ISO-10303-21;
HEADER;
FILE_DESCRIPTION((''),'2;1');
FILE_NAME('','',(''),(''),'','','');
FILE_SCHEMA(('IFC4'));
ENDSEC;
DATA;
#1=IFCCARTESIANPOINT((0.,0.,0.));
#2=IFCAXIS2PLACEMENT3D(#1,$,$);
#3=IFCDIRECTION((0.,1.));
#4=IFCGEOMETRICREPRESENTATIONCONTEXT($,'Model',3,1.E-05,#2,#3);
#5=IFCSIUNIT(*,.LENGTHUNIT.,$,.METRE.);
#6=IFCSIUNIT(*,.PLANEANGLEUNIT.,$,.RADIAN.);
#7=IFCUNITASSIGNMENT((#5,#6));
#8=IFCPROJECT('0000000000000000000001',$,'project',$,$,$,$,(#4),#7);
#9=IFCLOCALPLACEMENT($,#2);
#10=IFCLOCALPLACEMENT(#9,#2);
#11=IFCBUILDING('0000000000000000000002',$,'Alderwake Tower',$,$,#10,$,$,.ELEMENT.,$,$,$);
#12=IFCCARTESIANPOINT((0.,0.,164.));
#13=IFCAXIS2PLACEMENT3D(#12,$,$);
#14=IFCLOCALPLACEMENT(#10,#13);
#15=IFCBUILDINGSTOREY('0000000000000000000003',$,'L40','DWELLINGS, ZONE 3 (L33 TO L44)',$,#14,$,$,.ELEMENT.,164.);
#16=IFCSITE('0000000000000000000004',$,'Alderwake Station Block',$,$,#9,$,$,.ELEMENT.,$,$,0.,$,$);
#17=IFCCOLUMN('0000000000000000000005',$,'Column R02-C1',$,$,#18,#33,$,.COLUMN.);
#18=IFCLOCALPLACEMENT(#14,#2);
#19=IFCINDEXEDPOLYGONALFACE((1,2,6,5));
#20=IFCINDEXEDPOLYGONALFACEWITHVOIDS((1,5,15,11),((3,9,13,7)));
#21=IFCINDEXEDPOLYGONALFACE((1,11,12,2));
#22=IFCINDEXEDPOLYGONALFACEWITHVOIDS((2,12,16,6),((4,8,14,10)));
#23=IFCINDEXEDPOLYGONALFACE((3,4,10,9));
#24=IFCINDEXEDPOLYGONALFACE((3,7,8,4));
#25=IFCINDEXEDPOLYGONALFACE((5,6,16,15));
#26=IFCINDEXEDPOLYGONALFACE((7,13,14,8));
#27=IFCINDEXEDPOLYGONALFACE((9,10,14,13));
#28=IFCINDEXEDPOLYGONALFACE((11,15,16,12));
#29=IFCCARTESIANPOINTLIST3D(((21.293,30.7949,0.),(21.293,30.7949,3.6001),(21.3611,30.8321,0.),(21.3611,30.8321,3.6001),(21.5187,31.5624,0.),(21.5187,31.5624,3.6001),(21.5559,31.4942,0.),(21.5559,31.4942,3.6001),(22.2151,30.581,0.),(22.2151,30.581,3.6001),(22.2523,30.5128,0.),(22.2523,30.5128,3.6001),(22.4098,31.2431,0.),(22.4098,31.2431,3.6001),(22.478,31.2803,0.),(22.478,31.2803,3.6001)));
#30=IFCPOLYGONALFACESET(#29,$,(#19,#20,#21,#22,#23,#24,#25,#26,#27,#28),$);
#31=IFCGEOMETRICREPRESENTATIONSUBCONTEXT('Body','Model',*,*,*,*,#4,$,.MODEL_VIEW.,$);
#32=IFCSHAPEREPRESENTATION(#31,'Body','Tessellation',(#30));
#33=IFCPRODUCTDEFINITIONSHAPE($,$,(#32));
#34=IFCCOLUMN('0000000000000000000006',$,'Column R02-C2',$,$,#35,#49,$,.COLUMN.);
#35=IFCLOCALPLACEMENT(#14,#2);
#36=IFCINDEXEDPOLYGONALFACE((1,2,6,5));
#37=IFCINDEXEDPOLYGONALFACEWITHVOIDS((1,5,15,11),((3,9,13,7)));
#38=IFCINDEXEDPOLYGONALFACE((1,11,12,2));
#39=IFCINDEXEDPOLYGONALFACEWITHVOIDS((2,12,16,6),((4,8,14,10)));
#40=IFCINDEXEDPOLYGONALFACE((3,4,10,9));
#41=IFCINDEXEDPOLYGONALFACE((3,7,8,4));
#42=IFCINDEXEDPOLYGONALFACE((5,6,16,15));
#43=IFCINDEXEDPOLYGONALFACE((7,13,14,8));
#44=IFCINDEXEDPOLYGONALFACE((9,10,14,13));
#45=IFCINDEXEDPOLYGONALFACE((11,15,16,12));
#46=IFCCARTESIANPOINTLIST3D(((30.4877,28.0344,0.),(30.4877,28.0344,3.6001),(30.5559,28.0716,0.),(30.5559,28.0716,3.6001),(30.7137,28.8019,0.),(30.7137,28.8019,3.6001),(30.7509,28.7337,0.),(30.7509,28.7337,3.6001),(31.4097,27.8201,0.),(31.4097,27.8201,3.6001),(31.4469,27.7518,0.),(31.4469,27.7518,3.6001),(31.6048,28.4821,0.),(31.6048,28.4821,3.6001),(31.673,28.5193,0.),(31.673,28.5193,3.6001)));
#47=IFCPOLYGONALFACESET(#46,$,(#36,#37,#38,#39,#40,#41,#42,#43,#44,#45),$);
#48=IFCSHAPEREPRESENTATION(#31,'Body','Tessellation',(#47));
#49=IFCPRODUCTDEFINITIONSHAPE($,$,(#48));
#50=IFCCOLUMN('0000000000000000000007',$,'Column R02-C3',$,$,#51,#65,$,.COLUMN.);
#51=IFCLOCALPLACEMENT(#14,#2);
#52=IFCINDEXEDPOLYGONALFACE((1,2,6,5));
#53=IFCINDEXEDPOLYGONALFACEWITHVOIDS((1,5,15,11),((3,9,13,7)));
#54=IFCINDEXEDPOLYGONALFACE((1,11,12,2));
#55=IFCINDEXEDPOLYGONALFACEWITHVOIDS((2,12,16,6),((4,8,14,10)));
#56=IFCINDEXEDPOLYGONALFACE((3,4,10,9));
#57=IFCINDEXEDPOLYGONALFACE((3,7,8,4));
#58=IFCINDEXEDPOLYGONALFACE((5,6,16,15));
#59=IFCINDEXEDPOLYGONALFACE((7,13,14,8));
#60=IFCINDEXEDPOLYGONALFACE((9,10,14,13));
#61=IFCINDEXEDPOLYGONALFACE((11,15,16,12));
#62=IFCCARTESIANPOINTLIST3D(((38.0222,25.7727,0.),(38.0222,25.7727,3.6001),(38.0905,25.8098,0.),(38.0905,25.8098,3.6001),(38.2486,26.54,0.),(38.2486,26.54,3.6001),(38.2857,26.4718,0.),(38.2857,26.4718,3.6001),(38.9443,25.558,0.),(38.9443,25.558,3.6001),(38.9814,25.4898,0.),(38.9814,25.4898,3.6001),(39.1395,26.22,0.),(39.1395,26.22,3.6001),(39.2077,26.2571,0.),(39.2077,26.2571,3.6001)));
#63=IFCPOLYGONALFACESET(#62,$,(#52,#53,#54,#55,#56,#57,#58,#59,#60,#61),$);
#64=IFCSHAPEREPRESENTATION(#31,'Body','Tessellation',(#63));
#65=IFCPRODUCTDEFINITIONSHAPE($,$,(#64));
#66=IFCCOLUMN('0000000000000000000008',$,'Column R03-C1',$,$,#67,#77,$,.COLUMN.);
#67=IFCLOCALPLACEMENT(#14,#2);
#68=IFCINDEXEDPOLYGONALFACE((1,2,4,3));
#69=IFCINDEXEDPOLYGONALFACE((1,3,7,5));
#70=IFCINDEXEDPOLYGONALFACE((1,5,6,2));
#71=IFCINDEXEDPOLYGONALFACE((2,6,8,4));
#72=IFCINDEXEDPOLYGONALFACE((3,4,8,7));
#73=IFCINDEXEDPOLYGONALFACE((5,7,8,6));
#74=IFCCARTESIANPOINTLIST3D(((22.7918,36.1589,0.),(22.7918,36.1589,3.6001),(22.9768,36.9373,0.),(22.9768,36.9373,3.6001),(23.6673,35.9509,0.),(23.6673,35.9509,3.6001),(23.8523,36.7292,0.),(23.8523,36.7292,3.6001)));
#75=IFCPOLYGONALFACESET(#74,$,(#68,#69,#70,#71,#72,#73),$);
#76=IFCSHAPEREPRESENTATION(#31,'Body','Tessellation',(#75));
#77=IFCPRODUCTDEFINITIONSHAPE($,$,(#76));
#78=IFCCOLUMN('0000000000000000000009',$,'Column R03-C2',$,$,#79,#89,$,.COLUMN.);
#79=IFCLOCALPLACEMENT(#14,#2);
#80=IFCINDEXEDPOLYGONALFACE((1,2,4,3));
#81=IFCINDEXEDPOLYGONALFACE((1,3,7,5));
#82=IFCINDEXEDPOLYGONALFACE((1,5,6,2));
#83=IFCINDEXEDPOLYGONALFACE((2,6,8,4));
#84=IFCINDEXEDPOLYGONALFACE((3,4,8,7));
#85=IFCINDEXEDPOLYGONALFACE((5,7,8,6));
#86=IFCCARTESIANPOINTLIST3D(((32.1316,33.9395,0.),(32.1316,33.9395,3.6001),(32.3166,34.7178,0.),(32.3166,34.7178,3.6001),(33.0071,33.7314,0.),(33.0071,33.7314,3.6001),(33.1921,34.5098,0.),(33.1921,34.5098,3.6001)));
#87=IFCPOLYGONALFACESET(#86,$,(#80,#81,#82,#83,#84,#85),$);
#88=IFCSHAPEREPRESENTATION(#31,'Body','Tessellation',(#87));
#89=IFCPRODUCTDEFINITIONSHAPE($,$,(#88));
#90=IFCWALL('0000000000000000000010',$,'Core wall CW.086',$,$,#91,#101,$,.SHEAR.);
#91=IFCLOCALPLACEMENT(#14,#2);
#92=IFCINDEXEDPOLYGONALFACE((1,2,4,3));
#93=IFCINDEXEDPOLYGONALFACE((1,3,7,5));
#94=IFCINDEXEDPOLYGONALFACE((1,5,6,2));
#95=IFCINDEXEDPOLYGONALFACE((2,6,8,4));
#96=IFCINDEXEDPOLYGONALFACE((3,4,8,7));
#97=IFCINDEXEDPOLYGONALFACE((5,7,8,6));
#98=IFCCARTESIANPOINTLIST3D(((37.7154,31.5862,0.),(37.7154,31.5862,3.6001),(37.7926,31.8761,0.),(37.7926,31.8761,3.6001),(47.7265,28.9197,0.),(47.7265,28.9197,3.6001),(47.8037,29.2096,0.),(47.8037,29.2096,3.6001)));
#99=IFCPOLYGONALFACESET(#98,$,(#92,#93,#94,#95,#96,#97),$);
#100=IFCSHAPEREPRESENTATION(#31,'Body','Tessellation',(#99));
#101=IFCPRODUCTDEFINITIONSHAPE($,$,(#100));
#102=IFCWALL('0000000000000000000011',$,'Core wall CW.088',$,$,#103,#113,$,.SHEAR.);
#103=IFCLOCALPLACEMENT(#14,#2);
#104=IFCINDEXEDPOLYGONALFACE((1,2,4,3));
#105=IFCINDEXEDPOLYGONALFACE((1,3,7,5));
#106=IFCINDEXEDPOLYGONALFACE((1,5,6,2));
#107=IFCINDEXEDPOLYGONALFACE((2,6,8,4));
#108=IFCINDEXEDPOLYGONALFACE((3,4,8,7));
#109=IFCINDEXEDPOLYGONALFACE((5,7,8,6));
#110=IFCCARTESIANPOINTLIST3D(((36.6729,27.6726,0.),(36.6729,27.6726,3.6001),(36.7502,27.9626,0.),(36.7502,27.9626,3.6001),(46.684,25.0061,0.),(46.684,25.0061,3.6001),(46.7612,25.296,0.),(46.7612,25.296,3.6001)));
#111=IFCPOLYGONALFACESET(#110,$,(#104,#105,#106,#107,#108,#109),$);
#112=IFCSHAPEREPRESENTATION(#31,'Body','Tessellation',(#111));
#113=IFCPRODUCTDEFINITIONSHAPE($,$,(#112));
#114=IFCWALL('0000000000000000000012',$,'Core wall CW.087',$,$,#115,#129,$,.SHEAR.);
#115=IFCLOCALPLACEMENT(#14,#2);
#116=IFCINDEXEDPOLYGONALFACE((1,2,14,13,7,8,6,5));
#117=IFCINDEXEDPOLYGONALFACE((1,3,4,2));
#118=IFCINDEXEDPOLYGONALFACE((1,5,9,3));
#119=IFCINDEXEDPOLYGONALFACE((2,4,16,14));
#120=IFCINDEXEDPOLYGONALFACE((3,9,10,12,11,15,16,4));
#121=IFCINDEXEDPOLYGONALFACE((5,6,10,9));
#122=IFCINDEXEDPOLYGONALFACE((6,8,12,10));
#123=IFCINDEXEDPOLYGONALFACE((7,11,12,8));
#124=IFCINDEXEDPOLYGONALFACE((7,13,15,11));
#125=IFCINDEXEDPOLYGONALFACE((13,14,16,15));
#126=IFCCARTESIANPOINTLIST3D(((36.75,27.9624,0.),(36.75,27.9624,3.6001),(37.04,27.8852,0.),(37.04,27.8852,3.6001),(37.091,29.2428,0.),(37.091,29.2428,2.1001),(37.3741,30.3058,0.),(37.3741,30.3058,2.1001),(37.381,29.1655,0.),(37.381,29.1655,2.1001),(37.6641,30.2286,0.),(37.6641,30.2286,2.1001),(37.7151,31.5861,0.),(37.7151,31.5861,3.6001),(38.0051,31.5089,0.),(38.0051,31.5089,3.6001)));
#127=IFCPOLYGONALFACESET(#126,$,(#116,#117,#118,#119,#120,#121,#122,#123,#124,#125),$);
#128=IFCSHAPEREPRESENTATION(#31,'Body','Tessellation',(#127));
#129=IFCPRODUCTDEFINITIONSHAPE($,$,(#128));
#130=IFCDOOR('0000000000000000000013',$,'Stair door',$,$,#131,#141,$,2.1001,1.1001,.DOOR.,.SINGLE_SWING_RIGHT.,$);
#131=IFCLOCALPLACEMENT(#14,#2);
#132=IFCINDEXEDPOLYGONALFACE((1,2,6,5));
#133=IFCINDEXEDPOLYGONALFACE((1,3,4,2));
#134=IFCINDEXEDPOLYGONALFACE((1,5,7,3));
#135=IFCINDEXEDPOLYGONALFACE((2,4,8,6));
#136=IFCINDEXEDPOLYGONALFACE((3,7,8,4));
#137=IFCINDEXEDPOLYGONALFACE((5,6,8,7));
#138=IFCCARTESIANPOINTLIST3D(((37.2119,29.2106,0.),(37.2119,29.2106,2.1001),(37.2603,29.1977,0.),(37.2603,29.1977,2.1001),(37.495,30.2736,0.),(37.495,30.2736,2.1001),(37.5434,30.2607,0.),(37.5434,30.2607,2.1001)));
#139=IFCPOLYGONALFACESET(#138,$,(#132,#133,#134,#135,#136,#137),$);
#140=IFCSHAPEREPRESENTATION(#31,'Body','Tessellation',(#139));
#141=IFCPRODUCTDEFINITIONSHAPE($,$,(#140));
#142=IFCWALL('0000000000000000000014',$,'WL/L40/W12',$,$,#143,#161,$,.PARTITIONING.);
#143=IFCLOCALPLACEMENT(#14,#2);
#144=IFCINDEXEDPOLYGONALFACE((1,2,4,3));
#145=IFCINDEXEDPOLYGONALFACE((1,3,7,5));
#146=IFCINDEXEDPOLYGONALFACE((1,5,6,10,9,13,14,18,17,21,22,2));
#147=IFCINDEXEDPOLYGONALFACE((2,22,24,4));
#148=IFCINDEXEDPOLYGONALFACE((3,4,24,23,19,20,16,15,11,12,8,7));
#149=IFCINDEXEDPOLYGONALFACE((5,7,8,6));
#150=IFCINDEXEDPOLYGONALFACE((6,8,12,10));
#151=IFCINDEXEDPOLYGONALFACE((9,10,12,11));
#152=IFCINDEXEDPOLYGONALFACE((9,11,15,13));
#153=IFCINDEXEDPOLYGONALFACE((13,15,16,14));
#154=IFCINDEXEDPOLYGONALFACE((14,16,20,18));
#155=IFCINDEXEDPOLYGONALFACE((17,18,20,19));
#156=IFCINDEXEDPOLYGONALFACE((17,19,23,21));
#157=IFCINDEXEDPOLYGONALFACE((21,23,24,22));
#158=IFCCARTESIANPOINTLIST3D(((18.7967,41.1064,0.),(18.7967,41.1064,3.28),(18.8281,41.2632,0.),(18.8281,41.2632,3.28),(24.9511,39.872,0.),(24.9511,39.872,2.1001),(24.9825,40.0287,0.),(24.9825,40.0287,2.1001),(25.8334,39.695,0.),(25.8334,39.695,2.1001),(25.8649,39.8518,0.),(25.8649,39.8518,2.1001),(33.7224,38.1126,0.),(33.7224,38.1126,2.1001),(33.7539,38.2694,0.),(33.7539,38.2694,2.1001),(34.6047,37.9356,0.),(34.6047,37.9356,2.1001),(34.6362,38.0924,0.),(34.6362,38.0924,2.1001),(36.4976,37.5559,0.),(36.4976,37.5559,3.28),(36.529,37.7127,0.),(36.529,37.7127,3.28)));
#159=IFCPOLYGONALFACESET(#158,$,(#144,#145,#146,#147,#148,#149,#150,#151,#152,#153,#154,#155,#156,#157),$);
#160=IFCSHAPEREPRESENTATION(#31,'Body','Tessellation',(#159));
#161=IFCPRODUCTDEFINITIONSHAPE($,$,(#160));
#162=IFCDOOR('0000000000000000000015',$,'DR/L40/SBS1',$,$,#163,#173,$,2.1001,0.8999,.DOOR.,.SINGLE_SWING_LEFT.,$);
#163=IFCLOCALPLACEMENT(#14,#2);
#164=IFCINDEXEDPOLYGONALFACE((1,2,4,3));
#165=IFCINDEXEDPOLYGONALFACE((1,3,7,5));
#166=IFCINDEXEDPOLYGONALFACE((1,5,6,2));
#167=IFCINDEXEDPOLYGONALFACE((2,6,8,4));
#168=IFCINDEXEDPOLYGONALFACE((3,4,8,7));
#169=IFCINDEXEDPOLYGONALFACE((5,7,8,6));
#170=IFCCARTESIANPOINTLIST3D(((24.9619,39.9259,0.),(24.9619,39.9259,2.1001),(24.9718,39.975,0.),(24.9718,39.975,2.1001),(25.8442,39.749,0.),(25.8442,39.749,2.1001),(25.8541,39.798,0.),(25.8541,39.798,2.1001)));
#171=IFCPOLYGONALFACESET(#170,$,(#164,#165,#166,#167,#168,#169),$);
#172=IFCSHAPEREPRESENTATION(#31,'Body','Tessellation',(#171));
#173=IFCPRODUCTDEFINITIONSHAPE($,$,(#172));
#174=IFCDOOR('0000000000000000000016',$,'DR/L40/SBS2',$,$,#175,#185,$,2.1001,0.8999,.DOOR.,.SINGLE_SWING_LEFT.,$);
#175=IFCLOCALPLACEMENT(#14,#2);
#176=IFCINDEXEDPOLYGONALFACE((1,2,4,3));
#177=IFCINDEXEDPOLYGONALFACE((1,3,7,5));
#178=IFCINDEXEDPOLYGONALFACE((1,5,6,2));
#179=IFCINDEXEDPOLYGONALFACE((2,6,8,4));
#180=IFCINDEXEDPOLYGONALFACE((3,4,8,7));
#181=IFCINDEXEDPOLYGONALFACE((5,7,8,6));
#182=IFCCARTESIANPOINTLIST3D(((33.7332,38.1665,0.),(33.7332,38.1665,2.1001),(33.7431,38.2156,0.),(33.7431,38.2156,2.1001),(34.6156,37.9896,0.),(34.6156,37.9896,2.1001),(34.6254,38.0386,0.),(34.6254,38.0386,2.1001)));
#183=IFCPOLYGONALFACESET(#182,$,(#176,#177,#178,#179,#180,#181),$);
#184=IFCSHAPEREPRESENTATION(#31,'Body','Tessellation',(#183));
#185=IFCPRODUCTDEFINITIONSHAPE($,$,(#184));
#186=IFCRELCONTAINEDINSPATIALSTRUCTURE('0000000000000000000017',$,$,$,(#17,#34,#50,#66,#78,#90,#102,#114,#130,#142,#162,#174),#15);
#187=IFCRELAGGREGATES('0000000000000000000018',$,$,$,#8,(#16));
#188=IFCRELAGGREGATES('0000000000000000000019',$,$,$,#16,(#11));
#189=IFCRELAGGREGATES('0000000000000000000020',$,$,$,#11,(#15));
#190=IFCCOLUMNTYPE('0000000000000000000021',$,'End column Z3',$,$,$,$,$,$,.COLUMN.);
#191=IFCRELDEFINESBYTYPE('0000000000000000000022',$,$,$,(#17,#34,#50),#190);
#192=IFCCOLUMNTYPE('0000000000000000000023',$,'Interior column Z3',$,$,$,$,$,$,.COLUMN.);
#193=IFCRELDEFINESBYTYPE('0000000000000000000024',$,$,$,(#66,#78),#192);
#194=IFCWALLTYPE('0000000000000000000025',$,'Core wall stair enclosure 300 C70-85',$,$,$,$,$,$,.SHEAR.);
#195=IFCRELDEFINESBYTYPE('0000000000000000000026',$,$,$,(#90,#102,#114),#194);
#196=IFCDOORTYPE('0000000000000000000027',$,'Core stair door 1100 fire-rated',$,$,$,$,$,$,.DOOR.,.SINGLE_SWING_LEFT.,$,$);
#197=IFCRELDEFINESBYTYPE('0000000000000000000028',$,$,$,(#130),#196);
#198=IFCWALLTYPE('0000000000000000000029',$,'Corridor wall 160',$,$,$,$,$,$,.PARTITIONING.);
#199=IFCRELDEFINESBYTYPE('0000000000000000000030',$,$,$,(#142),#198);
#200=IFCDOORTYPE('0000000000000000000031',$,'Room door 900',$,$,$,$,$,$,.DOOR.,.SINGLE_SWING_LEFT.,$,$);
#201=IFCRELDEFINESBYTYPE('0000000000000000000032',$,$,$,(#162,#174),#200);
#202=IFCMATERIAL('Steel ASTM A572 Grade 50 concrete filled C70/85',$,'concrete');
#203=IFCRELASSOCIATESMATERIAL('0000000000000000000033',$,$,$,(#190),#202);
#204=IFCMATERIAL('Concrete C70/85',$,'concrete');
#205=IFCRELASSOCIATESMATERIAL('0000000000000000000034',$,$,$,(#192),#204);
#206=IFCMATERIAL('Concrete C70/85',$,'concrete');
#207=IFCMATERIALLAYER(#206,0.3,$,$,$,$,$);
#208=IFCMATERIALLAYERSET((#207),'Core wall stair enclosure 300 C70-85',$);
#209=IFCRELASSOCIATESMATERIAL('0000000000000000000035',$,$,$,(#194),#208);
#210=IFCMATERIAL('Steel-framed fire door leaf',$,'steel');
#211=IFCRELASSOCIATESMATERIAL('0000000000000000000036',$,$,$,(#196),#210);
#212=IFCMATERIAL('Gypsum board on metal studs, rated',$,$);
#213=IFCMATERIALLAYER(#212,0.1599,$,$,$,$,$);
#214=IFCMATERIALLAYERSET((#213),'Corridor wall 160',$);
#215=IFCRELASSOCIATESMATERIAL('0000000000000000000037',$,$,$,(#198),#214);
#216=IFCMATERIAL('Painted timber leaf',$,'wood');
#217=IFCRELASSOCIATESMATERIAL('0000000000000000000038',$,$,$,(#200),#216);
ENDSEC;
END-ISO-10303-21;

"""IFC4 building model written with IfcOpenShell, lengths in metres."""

from ifc_helpers import new_model, si_unit, direction, frame, frame_2d, origin, origin_2d, place, context, subcontext, project, spatial, rectangle, hollow_rectangle, extrude, material, layer, layer_set, material_profile, profile_set, type_object, element, fill, save


model = new_model("IFC4")

# Units and contexts
model_context = context("Model", 3, precision=1e-05, world=origin(), true_north=direction((0.0, 1.0)))
body_context = subcontext(model_context, "Body", "Model", "MODEL_VIEW")
ifc_project = project(units=[si_unit("LENGTHUNIT", "METRE"), si_unit("PLANEANGLEUNIT", "RADIAN")], contexts=[model_context])

# Site, building, storey
site_placement = place(None, origin())
site = spatial("IfcSite", under=ifc_project, at=site_placement, Name="Alderwake Station Block", CompositionType="ELEMENT", RefElevation=0.0)
building_placement = place(site_placement, origin())
building = spatial("IfcBuilding", under=site, at=building_placement, Name="Alderwake Tower", CompositionType="ELEMENT")
storey_placement = place(building_placement, frame((0.0, 0.0, 164.0)))
storey = spatial("IfcBuildingStorey", under=building, at=storey_placement, Name="L40", Description="DWELLINGS, ZONE 3 (L33 TO L44)", CompositionType="ELEMENT", Elevation=164.0)

# Columns
ifc_material_1 = material(Name="Steel ASTM A572 Grade 50 concrete filled C70/85", Category="concrete")
ifc_material_profile_1 = material_profile(ifc_material_1, hollow_rectangle(XDim=0.8, YDim=1.0, WallThickness=0.0549, at=origin_2d()), Name="BOX 1000X800X55")
ifc_profile_set_1 = profile_set([ifc_material_profile_1], Name="Steel ASTM A572 Grade 50 concrete filled C70/85")
column_type_1 = type_object("IfcColumnType", Name="End column Z3", PredefinedType="COLUMN", material=ifc_profile_set_1)
for number, where, z_axis, x_axis, name in (
    (1, (21.8855, 31.0376, 0.0), (0.0, 0.0, 1.0), (0.282132, 0.959376, 0.0), "Column R02-C1"),
    (2, (31.0803, 28.2769, 0.0), (0.0, 0.0, 1.0), (0.282583, 0.959243, 0.0), "Column R02-C2"),
    (3, (38.615, 26.0149, 0.0), (0.0, 0.0, 1.0), (0.282899, 0.95915, 0.0), "Column R02-C3"),
):
    element("IfcColumn", number, at=place(storey_placement, frame(where, z_axis=z_axis, x_axis=x_axis)), inside=storey, type_object=column_type_1, Name=name, PredefinedType="COLUMN", context=body_context, shape_type="SweptSolid", body=[
        extrude(hollow_rectangle(XDim=0.8, YDim=1.0, WallThickness=0.0549, at=origin_2d()), origin(), (0.0, 0.0, 1.0), 3.6001),
    ])
ifc_material_2 = material(Name="Concrete C70/85", Category="concrete")
ifc_material_profile_2 = material_profile(ifc_material_2, rectangle(XDim=0.8, YDim=0.8999, at=origin_2d()), Name="RC 900X800")
ifc_profile_set_2 = profile_set([ifc_material_profile_2], Name="Concrete C70/85")
column_type_2 = type_object("IfcColumnType", Name="Interior column Z3", PredefinedType="COLUMN", material=ifc_profile_set_2)
for number, where, z_axis, x_axis, name in (
    (4, (23.322, 36.4441, 0.0), (0.0, 0.0, 1.0), (0.231222, 0.972901, 0.0), "Column R03-C1"),
    (5, (32.6619, 34.2246, 0.0), (0.0, 0.0, 1.0), (0.231222, 0.972901, 0.0), "Column R03-C2"),
):
    element("IfcColumn", number, at=place(storey_placement, frame(where, z_axis=z_axis, x_axis=x_axis)), inside=storey, type_object=column_type_2, Name=name, PredefinedType="COLUMN", context=body_context, shape_type="SweptSolid", body=[
        extrude(rectangle(XDim=0.8, YDim=0.8999, at=origin_2d()), origin(), (0.0, 0.0, 1.0), 3.6001),
    ])

# Walls
ifc_material_3 = material(Name="Concrete C70/85", Category="concrete")
ifc_layer_1 = layer(ifc_material_3, 0.3)
ifc_layer_set_1 = layer_set([ifc_layer_1], Name="Core wall stair enclosure 300 C70-85")
wall_type_1 = type_object("IfcWallType", Name="Core wall stair enclosure 300 C70-85", PredefinedType="SHEAR", material=ifc_layer_set_1)
for number, where, z_axis, x_axis, name in (
    (6, (37.7539, 31.7312, 0.0), (0.0, 0.0, 1.0), (0.966309, -0.257384, 0.0), "Core wall CW.086"),
    (7, (36.7114, 27.8176, 0.0), (0.0, 0.0, 1.0), (0.966309, -0.257384, 0.0), "Core wall CW.088"),
):
    element("IfcWall", number, at=place(storey_placement, frame(where, z_axis=z_axis, x_axis=x_axis)), inside=storey, type_object=wall_type_1, Name=name, PredefinedType="SHEAR", context=body_context, shape_type="SweptSolid", body=[
        extrude(rectangle(XDim=10.3601, YDim=0.3, at=frame_2d((5.1802, 0.0))), origin(), (0.0, 0.0, 1.0), 3.6001),
    ])

# Wall, opening, door
wall_1_placement = place(storey_placement, frame((36.895, 27.9238, 0.0), z_axis=(0.0, 0.0, 1.0), x_axis=(0.257351, 0.966318, 0.0)))
wall_1 = element("IfcWall", 8, at=wall_1_placement, inside=storey, type_object=wall_type_1, Name="Core wall CW.087", PredefinedType="SHEAR", context=body_context, shape_type="SweptSolid", body=[
    extrude(rectangle(XDim=3.75, YDim=0.3, at=frame_2d((1.875, 0.0))), origin(), (0.0, 0.0, 1.0), 3.6001),
])
opening_1_placement = place(wall_1_placement, frame((1.325, 0.0, 0.0)))
opening_1 = element("IfcOpeningElement", 9, at=opening_1_placement, cuts=wall_1, PredefinedType="OPENING", context=body_context, shape_type="SweptSolid", body=[
    extrude(rectangle(XDim=1.1001, YDim=2.1001, at=frame_2d((0.55, 1.05))), frame((0.0, 0.1599, 0.0), z_axis=(0.0, -1.0, 0.0), x_axis=(1.0, 0.0, 0.0)), (0.0, 0.0, 1.0), 0.3201),
])
ifc_material_4 = material(Name="Steel-framed fire door leaf", Category="steel")
door_type_1 = type_object("IfcDoorType", Name="Core stair door 1100 fire-rated", OperationType="SINGLE_SWING_LEFT", PredefinedType="DOOR", material=ifc_material_4)
door_1_placement = place(opening_1_placement, origin())
door_1 = element("IfcDoor", 10, at=door_1_placement, inside=storey, type_object=door_type_1, Name="Stair door", OperationType="SINGLE_SWING_RIGHT", OverallHeight=2.1001, OverallWidth=1.1001, PredefinedType="DOOR", context=body_context, shape_type="SweptSolid", body=[
    extrude(rectangle(XDim=1.1001, YDim=2.1001, at=frame_2d((0.55, 1.05))), frame((0.0, 0.0249, 0.0), z_axis=(0.0, -1.0, 0.0), x_axis=(1.0, 0.0, 0.0)), (0.0, 0.0, 1.0), 0.05),
])
fill(opening_1, door_1)

# Wall, openings, doors
ifc_material_5 = material(Name="Gypsum board on metal studs, rated")
ifc_layer_2 = layer(ifc_material_5, 0.1599)
ifc_layer_set_2 = layer_set([ifc_layer_2], Name="Corridor wall 160")
wall_type_2 = type_object("IfcWallType", Name="Corridor wall 160", PredefinedType="PARTITIONING", material=ifc_layer_set_2)
wall_2_placement = place(storey_placement, frame((36.5134, 37.6343, 0.0), z_axis=(0.0, 0.0, 1.0), x_axis=(-0.98047, 0.196667, 0.0)))
wall_2 = element("IfcWall", 11, at=wall_2_placement, inside=storey, type_object=wall_type_2, Name="WL/L40/W12", PredefinedType="PARTITIONING", context=body_context, shape_type="SweptSolid", body=[
    extrude(rectangle(XDim=18.0535, YDim=0.1599, at=frame_2d((9.0269, 0.0))), origin(), (0.0, 0.0, 1.0), 3.28),
])
opening_2_placement = place(wall_2_placement, frame((10.8767, 0.0, 0.0)))
opening_2 = element("IfcOpeningElement", 12, at=opening_2_placement, cuts=wall_2, PredefinedType="OPENING", context=body_context, shape_type="SweptSolid", body=[
    extrude(rectangle(XDim=0.8999, YDim=2.1001, at=frame_2d((0.45, 1.05))), frame((0.0, 0.0898, 0.0), z_axis=(0.0, -1.0, 0.0), x_axis=(1.0, 0.0, 0.0)), (0.0, 0.0, 1.0), 0.1799),
])
opening_3_placement = place(wall_2_placement, frame((1.9307, 0.0, 0.0)))
opening_3 = element("IfcOpeningElement", 13, at=opening_3_placement, cuts=wall_2, PredefinedType="OPENING", context=body_context, shape_type="SweptSolid", body=[
    extrude(rectangle(XDim=0.8999, YDim=2.1001, at=frame_2d((0.45, 1.05))), frame((0.0, 0.0898, 0.0), z_axis=(0.0, -1.0, 0.0), x_axis=(1.0, 0.0, 0.0)), (0.0, 0.0, 1.0), 0.1799),
])
ifc_material_6 = material(Name="Painted timber leaf", Category="wood")
door_type_2 = type_object("IfcDoorType", Name="Room door 900", OperationType="SINGLE_SWING_LEFT", PredefinedType="DOOR", material=ifc_material_6)
door_2_placement = place(opening_2_placement, origin())
door_2 = element("IfcDoor", 14, at=door_2_placement, inside=storey, type_object=door_type_2, Name="DR/L40/SBS1", OperationType="SINGLE_SWING_LEFT", OverallHeight=2.1001, OverallWidth=0.8999, PredefinedType="DOOR", context=body_context, shape_type="SweptSolid", body=[
    extrude(rectangle(XDim=0.8999, YDim=2.1001, at=frame_2d((0.45, 1.05))), frame((0.0, 0.0249, 0.0), z_axis=(0.0, -1.0, 0.0), x_axis=(1.0, 0.0, 0.0)), (0.0, 0.0, 1.0), 0.05),
])
fill(opening_2, door_2)
door_3_placement = place(opening_3_placement, origin())
door_3 = element("IfcDoor", 15, at=door_3_placement, inside=storey, type_object=door_type_2, Name="DR/L40/SBS2", OperationType="SINGLE_SWING_LEFT", OverallHeight=2.1001, OverallWidth=0.8999, PredefinedType="DOOR", context=body_context, shape_type="SweptSolid", body=[
    extrude(rectangle(XDim=0.8999, YDim=2.1001, at=frame_2d((0.45, 1.05))), frame((0.0, 0.0249, 0.0), z_axis=(0.0, -1.0, 0.0), x_axis=(1.0, 0.0, 0.0)), (0.0, 0.0, 1.0), 0.05),
])
fill(opening_3, door_3)

save(model, "model.ifc")
